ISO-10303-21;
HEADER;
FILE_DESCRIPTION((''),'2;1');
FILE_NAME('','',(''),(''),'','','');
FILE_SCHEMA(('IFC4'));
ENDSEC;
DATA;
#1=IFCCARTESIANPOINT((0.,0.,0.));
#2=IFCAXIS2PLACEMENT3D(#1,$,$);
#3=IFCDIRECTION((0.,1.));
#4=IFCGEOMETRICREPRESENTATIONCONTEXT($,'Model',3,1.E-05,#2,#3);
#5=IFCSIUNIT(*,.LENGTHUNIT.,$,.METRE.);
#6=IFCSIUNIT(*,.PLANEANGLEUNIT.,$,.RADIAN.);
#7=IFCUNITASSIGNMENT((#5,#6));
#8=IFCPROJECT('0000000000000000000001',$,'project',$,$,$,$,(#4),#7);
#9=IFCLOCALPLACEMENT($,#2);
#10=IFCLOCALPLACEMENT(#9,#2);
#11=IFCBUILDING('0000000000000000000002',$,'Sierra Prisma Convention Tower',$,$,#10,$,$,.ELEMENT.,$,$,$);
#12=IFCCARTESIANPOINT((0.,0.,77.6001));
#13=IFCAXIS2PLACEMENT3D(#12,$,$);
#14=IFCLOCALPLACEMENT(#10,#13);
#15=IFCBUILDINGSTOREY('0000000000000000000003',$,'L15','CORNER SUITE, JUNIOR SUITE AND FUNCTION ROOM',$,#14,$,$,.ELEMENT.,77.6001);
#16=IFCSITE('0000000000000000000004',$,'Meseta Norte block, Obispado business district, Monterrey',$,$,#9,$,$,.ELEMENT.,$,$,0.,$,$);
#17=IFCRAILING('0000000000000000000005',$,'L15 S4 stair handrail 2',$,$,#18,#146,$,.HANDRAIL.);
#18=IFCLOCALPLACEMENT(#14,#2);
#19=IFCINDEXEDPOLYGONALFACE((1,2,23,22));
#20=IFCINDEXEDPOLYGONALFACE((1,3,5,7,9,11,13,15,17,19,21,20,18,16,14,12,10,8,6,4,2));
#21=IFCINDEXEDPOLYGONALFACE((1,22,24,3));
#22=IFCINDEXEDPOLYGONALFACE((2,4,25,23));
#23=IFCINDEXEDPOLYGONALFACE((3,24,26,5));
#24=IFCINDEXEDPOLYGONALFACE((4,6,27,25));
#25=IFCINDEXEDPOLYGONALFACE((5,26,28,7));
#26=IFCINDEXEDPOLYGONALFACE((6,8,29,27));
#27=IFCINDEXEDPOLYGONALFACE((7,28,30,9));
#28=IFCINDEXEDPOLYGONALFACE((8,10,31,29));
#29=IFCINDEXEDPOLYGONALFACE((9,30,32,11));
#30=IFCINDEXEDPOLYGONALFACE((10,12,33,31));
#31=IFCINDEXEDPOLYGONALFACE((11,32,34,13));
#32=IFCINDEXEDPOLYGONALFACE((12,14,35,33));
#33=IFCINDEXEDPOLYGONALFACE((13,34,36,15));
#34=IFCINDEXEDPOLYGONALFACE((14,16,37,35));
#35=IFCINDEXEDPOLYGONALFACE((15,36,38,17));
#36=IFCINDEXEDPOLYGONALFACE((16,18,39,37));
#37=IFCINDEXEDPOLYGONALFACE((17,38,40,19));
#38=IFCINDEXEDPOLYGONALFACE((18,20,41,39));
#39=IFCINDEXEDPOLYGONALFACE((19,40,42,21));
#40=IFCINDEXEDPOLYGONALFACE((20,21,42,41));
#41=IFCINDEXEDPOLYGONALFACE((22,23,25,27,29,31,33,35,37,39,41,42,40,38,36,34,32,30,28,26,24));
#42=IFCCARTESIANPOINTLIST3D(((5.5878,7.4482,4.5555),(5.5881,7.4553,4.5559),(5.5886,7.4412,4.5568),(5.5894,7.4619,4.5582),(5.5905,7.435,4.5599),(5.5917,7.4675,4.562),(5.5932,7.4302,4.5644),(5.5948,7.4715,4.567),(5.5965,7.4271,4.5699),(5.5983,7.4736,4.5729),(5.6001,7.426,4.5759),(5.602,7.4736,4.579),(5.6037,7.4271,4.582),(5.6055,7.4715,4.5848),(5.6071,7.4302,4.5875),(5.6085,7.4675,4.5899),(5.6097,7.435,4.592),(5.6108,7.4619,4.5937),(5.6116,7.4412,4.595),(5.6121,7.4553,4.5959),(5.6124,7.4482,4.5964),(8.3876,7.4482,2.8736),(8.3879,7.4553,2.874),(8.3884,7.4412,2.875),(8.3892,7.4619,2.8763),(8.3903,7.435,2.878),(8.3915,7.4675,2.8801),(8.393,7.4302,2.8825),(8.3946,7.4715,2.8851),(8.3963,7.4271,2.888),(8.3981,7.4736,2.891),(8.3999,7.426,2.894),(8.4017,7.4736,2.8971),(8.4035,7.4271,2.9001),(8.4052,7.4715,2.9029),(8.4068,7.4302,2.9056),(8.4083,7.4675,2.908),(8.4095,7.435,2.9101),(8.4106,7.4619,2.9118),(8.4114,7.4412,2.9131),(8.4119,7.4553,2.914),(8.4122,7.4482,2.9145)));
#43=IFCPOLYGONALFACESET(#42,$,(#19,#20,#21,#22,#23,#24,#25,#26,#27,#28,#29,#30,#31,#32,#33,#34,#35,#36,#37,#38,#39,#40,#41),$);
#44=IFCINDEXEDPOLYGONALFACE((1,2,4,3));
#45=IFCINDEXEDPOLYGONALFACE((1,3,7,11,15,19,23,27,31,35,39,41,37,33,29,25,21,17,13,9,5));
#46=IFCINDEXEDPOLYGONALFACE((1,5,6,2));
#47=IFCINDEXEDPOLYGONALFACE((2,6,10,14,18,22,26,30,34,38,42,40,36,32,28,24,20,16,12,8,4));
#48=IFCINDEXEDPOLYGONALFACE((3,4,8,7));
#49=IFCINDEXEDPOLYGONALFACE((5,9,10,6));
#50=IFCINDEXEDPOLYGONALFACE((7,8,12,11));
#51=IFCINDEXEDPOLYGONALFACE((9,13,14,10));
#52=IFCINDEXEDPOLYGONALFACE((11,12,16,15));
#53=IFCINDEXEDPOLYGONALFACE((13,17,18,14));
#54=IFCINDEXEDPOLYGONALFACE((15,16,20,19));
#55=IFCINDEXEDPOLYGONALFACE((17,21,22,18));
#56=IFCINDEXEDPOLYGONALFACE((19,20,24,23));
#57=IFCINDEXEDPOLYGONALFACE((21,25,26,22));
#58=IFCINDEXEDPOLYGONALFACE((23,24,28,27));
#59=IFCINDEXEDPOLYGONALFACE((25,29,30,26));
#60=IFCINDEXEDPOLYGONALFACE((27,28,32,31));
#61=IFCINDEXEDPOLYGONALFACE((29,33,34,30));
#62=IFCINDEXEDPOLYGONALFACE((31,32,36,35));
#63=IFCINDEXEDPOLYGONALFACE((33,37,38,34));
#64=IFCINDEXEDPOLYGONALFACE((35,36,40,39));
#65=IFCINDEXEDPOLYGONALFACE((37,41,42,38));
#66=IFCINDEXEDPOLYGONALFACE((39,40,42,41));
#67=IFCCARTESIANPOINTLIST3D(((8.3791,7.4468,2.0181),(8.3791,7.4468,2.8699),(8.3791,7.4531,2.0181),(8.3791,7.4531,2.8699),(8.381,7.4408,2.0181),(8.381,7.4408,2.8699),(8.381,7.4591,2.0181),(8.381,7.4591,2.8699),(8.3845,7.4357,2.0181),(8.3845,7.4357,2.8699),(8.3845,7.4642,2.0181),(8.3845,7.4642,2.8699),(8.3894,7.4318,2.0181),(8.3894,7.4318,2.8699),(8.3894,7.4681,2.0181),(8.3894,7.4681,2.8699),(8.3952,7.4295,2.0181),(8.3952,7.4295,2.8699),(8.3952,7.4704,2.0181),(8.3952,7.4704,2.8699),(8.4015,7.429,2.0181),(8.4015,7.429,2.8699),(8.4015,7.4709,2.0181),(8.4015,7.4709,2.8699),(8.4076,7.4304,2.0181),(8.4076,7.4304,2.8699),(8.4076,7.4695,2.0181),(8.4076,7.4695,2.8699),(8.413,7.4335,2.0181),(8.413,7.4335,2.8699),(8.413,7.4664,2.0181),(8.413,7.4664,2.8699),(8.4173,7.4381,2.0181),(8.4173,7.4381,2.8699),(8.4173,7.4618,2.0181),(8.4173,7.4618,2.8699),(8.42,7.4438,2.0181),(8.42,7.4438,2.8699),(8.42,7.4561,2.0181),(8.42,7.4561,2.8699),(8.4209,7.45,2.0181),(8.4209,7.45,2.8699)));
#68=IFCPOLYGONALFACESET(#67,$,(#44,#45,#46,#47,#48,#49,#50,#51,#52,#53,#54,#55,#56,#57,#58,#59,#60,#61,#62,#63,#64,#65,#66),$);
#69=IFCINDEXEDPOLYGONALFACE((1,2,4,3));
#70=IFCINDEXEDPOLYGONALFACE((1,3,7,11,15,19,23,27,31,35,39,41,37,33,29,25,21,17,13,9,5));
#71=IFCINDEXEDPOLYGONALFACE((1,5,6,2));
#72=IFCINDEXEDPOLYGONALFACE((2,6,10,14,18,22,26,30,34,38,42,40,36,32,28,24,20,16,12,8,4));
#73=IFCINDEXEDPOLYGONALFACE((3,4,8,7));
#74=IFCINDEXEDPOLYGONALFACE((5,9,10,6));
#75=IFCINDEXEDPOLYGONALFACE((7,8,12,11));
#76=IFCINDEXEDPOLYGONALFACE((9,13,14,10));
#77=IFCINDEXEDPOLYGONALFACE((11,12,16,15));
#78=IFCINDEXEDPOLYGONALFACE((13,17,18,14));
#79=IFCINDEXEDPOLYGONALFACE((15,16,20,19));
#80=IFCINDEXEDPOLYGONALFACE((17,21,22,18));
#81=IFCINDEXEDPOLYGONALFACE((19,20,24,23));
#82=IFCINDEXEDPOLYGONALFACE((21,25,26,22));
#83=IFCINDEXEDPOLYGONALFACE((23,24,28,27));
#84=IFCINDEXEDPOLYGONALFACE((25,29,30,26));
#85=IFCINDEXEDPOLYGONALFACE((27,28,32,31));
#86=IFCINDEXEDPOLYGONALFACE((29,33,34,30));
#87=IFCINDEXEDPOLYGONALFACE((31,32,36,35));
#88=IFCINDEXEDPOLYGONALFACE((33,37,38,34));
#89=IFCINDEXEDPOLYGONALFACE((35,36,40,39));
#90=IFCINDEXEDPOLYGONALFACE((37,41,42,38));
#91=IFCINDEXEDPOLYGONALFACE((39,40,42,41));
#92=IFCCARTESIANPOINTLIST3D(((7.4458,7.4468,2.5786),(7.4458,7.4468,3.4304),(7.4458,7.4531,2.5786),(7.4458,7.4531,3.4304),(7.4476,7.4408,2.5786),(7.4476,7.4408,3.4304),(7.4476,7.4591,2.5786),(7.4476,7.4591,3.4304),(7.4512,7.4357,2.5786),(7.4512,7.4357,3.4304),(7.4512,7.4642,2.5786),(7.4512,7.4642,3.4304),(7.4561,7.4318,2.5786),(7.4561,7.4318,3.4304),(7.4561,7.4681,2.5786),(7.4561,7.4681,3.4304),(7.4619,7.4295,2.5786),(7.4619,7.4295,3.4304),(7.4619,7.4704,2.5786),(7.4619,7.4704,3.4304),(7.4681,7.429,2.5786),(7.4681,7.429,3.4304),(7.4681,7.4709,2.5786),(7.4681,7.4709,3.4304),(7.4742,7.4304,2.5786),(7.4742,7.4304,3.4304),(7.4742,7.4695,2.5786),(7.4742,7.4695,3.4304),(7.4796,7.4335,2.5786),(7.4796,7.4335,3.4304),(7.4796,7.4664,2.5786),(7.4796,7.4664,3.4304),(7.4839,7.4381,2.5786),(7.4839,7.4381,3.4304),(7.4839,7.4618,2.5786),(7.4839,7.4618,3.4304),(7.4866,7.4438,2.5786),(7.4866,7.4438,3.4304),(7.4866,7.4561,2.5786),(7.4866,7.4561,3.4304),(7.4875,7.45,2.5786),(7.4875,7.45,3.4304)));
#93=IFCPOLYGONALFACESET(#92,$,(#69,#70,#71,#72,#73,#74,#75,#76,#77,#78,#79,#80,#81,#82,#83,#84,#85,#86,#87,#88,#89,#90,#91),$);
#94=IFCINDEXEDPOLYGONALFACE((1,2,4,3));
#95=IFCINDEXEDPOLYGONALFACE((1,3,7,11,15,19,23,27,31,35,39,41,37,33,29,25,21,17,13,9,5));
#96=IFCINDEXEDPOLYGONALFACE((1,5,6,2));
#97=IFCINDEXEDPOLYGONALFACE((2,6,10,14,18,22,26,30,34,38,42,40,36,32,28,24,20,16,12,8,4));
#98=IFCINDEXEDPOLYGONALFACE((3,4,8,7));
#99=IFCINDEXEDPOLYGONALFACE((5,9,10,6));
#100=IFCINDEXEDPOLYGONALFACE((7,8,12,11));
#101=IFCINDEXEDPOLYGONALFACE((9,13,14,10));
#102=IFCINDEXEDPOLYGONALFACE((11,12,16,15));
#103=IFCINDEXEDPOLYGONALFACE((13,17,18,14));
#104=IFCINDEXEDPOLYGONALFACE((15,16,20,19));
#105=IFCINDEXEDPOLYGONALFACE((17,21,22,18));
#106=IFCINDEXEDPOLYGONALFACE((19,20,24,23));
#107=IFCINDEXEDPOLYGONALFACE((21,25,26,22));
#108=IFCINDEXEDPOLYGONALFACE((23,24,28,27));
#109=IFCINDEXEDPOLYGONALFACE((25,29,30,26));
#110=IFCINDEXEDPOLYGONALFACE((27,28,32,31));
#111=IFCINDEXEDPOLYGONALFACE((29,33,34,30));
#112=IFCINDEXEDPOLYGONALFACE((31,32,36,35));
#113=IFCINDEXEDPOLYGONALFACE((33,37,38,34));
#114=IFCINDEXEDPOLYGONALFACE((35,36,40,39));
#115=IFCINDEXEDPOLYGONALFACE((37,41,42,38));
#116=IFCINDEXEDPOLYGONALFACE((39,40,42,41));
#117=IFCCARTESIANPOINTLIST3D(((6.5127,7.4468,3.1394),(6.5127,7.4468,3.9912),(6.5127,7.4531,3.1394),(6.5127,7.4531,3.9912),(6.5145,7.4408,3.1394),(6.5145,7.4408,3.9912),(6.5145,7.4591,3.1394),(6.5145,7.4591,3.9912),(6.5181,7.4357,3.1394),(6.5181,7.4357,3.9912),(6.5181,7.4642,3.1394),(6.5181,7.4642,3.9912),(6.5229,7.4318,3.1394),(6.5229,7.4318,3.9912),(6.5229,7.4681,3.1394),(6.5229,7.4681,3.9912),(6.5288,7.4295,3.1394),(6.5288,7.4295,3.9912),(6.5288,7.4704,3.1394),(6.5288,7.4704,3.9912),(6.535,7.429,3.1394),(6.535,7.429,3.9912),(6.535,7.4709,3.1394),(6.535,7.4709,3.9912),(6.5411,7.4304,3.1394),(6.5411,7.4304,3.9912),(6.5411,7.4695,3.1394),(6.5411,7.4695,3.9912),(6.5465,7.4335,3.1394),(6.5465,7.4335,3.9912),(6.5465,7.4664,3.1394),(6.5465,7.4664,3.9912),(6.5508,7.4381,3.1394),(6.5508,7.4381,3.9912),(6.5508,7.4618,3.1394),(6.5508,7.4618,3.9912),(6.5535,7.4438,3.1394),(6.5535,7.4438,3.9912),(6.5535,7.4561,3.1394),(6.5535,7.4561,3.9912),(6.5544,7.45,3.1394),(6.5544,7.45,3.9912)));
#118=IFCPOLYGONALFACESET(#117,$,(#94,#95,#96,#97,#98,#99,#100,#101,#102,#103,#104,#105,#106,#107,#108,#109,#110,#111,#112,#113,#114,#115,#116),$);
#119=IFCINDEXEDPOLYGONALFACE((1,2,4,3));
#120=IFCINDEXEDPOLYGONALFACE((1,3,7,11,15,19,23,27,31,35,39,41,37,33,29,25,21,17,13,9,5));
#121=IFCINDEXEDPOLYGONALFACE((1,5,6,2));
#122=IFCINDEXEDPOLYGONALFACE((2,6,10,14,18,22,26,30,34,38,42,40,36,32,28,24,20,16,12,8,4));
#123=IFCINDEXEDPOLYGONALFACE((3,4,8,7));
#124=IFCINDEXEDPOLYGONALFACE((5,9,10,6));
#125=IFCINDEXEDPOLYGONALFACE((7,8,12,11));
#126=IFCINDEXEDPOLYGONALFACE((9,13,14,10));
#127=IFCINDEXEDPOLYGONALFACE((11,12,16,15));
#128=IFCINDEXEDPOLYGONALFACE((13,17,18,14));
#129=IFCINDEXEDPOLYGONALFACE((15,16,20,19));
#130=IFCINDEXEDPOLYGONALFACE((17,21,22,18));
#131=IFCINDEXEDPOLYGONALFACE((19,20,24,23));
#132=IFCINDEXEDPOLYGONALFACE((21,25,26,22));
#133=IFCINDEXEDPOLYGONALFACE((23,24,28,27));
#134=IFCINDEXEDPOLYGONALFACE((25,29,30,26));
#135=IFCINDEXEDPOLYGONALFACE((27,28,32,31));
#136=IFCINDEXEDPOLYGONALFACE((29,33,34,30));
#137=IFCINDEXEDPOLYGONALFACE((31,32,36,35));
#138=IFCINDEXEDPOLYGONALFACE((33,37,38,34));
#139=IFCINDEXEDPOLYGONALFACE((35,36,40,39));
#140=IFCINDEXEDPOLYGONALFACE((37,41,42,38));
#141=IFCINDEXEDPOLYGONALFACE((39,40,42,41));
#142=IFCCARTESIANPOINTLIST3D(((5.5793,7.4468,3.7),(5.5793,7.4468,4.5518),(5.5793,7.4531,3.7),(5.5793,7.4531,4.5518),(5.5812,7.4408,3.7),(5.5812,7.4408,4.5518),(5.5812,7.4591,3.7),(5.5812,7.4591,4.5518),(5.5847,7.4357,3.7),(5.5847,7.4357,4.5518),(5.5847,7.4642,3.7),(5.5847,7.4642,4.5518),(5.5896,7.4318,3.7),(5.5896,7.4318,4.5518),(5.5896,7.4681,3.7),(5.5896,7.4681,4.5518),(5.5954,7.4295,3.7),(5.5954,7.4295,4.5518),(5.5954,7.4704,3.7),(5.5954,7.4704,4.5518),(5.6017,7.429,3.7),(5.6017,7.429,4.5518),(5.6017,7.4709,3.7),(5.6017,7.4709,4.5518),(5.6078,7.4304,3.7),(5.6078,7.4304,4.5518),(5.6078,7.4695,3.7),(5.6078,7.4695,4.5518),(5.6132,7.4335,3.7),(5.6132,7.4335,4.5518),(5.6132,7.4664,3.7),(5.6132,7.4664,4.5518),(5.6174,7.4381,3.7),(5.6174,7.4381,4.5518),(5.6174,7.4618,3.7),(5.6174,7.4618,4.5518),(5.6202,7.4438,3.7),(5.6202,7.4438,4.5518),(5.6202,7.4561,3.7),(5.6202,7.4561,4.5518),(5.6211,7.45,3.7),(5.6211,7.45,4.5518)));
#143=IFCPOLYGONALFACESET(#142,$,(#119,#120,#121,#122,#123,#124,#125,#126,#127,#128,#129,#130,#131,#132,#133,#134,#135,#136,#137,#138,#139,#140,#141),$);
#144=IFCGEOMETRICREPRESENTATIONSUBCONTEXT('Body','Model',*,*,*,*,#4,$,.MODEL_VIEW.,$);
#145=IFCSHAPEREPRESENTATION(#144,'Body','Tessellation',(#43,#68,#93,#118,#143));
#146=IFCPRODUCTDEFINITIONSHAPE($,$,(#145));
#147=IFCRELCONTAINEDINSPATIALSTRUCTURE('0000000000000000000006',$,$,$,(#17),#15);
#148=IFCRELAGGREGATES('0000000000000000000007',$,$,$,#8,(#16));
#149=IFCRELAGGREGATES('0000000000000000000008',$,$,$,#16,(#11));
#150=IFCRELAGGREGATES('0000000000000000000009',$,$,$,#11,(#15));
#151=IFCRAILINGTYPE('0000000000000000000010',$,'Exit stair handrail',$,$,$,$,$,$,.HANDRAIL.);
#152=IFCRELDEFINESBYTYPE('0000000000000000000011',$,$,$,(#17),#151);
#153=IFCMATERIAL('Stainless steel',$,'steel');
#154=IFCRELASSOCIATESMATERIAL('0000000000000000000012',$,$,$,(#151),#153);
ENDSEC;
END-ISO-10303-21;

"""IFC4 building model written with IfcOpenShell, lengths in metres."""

from ifc_helpers import new_model, si_unit, direction, frame, origin, origin_2d, place, context, subcontext, project, spatial, circle, extrude, material, type_object, element, save


model = new_model("IFC4")

# Units and contexts
model_context = context("Model", 3, precision=1e-05, world=origin(), true_north=direction((0.0, 1.0)))
body_context = subcontext(model_context, "Body", "Model", "MODEL_VIEW")
ifc_project = project(units=[si_unit("LENGTHUNIT", "METRE"), si_unit("PLANEANGLEUNIT", "RADIAN")], contexts=[model_context])

# Site, building, storey
site_placement = place(None, origin())
site = spatial("IfcSite", under=ifc_project, at=site_placement, Name="Meseta Norte block, Obispado business district, Monterrey", CompositionType="ELEMENT", RefElevation=0.0)
building_placement = place(site_placement, origin())
building = spatial("IfcBuilding", under=site, at=building_placement, Name="Sierra Prisma Convention Tower", CompositionType="ELEMENT")
storey_placement = place(building_placement, frame((0.0, 0.0, 77.6001)))
storey = spatial("IfcBuildingStorey", under=building, at=storey_placement, Name="L15", Description="CORNER SUITE, JUNIOR SUITE AND FUNCTION ROOM", CompositionType="ELEMENT", Elevation=77.6001)

# Railing
ifc_material_1 = material(Name="Stainless steel", Category="steel")
railing_type_1 = type_object("IfcRailingType", Name="Exit stair handrail", PredefinedType="HANDRAIL", material=ifc_material_1)
railing_1_placement = place(storey_placement, frame((8.3999, 7.45, 2.0181)))
element("IfcRailing", 1, at=railing_1_placement, inside=storey, type_object=railing_type_1, Name="L15 S4 stair handrail 2", PredefinedType="HANDRAIL", context=body_context, shape_type="SweptSolid", body=[
    extrude(circle(Radius=0.0239, at=origin_2d()), frame((0.0, 0.0, 0.876), z_axis=(-0.857222, 0.0, 0.514946), x_axis=(0.0, -1.0, 0.0)), (0.0, 0.0, 1.0), 3.2661),
    extrude(circle(Radius=0.021, at=origin_2d()), origin(), (0.0, 0.0, 1.0), 0.8518),
    extrude(circle(Radius=0.021, at=origin_2d()), frame((-0.9333, 0.0, 0.5605)), (0.0, 0.0, 1.0), 0.8518),
    extrude(circle(Radius=0.021, at=origin_2d()), frame((-1.8665, 0.0, 1.1213)), (0.0, 0.0, 1.0), 0.8518),
    extrude(circle(Radius=0.021, at=origin_2d()), frame((-2.7998, 0.0, 1.6819)), (0.0, 0.0, 1.0), 0.8518),
])

save(model, "model.ifc")
